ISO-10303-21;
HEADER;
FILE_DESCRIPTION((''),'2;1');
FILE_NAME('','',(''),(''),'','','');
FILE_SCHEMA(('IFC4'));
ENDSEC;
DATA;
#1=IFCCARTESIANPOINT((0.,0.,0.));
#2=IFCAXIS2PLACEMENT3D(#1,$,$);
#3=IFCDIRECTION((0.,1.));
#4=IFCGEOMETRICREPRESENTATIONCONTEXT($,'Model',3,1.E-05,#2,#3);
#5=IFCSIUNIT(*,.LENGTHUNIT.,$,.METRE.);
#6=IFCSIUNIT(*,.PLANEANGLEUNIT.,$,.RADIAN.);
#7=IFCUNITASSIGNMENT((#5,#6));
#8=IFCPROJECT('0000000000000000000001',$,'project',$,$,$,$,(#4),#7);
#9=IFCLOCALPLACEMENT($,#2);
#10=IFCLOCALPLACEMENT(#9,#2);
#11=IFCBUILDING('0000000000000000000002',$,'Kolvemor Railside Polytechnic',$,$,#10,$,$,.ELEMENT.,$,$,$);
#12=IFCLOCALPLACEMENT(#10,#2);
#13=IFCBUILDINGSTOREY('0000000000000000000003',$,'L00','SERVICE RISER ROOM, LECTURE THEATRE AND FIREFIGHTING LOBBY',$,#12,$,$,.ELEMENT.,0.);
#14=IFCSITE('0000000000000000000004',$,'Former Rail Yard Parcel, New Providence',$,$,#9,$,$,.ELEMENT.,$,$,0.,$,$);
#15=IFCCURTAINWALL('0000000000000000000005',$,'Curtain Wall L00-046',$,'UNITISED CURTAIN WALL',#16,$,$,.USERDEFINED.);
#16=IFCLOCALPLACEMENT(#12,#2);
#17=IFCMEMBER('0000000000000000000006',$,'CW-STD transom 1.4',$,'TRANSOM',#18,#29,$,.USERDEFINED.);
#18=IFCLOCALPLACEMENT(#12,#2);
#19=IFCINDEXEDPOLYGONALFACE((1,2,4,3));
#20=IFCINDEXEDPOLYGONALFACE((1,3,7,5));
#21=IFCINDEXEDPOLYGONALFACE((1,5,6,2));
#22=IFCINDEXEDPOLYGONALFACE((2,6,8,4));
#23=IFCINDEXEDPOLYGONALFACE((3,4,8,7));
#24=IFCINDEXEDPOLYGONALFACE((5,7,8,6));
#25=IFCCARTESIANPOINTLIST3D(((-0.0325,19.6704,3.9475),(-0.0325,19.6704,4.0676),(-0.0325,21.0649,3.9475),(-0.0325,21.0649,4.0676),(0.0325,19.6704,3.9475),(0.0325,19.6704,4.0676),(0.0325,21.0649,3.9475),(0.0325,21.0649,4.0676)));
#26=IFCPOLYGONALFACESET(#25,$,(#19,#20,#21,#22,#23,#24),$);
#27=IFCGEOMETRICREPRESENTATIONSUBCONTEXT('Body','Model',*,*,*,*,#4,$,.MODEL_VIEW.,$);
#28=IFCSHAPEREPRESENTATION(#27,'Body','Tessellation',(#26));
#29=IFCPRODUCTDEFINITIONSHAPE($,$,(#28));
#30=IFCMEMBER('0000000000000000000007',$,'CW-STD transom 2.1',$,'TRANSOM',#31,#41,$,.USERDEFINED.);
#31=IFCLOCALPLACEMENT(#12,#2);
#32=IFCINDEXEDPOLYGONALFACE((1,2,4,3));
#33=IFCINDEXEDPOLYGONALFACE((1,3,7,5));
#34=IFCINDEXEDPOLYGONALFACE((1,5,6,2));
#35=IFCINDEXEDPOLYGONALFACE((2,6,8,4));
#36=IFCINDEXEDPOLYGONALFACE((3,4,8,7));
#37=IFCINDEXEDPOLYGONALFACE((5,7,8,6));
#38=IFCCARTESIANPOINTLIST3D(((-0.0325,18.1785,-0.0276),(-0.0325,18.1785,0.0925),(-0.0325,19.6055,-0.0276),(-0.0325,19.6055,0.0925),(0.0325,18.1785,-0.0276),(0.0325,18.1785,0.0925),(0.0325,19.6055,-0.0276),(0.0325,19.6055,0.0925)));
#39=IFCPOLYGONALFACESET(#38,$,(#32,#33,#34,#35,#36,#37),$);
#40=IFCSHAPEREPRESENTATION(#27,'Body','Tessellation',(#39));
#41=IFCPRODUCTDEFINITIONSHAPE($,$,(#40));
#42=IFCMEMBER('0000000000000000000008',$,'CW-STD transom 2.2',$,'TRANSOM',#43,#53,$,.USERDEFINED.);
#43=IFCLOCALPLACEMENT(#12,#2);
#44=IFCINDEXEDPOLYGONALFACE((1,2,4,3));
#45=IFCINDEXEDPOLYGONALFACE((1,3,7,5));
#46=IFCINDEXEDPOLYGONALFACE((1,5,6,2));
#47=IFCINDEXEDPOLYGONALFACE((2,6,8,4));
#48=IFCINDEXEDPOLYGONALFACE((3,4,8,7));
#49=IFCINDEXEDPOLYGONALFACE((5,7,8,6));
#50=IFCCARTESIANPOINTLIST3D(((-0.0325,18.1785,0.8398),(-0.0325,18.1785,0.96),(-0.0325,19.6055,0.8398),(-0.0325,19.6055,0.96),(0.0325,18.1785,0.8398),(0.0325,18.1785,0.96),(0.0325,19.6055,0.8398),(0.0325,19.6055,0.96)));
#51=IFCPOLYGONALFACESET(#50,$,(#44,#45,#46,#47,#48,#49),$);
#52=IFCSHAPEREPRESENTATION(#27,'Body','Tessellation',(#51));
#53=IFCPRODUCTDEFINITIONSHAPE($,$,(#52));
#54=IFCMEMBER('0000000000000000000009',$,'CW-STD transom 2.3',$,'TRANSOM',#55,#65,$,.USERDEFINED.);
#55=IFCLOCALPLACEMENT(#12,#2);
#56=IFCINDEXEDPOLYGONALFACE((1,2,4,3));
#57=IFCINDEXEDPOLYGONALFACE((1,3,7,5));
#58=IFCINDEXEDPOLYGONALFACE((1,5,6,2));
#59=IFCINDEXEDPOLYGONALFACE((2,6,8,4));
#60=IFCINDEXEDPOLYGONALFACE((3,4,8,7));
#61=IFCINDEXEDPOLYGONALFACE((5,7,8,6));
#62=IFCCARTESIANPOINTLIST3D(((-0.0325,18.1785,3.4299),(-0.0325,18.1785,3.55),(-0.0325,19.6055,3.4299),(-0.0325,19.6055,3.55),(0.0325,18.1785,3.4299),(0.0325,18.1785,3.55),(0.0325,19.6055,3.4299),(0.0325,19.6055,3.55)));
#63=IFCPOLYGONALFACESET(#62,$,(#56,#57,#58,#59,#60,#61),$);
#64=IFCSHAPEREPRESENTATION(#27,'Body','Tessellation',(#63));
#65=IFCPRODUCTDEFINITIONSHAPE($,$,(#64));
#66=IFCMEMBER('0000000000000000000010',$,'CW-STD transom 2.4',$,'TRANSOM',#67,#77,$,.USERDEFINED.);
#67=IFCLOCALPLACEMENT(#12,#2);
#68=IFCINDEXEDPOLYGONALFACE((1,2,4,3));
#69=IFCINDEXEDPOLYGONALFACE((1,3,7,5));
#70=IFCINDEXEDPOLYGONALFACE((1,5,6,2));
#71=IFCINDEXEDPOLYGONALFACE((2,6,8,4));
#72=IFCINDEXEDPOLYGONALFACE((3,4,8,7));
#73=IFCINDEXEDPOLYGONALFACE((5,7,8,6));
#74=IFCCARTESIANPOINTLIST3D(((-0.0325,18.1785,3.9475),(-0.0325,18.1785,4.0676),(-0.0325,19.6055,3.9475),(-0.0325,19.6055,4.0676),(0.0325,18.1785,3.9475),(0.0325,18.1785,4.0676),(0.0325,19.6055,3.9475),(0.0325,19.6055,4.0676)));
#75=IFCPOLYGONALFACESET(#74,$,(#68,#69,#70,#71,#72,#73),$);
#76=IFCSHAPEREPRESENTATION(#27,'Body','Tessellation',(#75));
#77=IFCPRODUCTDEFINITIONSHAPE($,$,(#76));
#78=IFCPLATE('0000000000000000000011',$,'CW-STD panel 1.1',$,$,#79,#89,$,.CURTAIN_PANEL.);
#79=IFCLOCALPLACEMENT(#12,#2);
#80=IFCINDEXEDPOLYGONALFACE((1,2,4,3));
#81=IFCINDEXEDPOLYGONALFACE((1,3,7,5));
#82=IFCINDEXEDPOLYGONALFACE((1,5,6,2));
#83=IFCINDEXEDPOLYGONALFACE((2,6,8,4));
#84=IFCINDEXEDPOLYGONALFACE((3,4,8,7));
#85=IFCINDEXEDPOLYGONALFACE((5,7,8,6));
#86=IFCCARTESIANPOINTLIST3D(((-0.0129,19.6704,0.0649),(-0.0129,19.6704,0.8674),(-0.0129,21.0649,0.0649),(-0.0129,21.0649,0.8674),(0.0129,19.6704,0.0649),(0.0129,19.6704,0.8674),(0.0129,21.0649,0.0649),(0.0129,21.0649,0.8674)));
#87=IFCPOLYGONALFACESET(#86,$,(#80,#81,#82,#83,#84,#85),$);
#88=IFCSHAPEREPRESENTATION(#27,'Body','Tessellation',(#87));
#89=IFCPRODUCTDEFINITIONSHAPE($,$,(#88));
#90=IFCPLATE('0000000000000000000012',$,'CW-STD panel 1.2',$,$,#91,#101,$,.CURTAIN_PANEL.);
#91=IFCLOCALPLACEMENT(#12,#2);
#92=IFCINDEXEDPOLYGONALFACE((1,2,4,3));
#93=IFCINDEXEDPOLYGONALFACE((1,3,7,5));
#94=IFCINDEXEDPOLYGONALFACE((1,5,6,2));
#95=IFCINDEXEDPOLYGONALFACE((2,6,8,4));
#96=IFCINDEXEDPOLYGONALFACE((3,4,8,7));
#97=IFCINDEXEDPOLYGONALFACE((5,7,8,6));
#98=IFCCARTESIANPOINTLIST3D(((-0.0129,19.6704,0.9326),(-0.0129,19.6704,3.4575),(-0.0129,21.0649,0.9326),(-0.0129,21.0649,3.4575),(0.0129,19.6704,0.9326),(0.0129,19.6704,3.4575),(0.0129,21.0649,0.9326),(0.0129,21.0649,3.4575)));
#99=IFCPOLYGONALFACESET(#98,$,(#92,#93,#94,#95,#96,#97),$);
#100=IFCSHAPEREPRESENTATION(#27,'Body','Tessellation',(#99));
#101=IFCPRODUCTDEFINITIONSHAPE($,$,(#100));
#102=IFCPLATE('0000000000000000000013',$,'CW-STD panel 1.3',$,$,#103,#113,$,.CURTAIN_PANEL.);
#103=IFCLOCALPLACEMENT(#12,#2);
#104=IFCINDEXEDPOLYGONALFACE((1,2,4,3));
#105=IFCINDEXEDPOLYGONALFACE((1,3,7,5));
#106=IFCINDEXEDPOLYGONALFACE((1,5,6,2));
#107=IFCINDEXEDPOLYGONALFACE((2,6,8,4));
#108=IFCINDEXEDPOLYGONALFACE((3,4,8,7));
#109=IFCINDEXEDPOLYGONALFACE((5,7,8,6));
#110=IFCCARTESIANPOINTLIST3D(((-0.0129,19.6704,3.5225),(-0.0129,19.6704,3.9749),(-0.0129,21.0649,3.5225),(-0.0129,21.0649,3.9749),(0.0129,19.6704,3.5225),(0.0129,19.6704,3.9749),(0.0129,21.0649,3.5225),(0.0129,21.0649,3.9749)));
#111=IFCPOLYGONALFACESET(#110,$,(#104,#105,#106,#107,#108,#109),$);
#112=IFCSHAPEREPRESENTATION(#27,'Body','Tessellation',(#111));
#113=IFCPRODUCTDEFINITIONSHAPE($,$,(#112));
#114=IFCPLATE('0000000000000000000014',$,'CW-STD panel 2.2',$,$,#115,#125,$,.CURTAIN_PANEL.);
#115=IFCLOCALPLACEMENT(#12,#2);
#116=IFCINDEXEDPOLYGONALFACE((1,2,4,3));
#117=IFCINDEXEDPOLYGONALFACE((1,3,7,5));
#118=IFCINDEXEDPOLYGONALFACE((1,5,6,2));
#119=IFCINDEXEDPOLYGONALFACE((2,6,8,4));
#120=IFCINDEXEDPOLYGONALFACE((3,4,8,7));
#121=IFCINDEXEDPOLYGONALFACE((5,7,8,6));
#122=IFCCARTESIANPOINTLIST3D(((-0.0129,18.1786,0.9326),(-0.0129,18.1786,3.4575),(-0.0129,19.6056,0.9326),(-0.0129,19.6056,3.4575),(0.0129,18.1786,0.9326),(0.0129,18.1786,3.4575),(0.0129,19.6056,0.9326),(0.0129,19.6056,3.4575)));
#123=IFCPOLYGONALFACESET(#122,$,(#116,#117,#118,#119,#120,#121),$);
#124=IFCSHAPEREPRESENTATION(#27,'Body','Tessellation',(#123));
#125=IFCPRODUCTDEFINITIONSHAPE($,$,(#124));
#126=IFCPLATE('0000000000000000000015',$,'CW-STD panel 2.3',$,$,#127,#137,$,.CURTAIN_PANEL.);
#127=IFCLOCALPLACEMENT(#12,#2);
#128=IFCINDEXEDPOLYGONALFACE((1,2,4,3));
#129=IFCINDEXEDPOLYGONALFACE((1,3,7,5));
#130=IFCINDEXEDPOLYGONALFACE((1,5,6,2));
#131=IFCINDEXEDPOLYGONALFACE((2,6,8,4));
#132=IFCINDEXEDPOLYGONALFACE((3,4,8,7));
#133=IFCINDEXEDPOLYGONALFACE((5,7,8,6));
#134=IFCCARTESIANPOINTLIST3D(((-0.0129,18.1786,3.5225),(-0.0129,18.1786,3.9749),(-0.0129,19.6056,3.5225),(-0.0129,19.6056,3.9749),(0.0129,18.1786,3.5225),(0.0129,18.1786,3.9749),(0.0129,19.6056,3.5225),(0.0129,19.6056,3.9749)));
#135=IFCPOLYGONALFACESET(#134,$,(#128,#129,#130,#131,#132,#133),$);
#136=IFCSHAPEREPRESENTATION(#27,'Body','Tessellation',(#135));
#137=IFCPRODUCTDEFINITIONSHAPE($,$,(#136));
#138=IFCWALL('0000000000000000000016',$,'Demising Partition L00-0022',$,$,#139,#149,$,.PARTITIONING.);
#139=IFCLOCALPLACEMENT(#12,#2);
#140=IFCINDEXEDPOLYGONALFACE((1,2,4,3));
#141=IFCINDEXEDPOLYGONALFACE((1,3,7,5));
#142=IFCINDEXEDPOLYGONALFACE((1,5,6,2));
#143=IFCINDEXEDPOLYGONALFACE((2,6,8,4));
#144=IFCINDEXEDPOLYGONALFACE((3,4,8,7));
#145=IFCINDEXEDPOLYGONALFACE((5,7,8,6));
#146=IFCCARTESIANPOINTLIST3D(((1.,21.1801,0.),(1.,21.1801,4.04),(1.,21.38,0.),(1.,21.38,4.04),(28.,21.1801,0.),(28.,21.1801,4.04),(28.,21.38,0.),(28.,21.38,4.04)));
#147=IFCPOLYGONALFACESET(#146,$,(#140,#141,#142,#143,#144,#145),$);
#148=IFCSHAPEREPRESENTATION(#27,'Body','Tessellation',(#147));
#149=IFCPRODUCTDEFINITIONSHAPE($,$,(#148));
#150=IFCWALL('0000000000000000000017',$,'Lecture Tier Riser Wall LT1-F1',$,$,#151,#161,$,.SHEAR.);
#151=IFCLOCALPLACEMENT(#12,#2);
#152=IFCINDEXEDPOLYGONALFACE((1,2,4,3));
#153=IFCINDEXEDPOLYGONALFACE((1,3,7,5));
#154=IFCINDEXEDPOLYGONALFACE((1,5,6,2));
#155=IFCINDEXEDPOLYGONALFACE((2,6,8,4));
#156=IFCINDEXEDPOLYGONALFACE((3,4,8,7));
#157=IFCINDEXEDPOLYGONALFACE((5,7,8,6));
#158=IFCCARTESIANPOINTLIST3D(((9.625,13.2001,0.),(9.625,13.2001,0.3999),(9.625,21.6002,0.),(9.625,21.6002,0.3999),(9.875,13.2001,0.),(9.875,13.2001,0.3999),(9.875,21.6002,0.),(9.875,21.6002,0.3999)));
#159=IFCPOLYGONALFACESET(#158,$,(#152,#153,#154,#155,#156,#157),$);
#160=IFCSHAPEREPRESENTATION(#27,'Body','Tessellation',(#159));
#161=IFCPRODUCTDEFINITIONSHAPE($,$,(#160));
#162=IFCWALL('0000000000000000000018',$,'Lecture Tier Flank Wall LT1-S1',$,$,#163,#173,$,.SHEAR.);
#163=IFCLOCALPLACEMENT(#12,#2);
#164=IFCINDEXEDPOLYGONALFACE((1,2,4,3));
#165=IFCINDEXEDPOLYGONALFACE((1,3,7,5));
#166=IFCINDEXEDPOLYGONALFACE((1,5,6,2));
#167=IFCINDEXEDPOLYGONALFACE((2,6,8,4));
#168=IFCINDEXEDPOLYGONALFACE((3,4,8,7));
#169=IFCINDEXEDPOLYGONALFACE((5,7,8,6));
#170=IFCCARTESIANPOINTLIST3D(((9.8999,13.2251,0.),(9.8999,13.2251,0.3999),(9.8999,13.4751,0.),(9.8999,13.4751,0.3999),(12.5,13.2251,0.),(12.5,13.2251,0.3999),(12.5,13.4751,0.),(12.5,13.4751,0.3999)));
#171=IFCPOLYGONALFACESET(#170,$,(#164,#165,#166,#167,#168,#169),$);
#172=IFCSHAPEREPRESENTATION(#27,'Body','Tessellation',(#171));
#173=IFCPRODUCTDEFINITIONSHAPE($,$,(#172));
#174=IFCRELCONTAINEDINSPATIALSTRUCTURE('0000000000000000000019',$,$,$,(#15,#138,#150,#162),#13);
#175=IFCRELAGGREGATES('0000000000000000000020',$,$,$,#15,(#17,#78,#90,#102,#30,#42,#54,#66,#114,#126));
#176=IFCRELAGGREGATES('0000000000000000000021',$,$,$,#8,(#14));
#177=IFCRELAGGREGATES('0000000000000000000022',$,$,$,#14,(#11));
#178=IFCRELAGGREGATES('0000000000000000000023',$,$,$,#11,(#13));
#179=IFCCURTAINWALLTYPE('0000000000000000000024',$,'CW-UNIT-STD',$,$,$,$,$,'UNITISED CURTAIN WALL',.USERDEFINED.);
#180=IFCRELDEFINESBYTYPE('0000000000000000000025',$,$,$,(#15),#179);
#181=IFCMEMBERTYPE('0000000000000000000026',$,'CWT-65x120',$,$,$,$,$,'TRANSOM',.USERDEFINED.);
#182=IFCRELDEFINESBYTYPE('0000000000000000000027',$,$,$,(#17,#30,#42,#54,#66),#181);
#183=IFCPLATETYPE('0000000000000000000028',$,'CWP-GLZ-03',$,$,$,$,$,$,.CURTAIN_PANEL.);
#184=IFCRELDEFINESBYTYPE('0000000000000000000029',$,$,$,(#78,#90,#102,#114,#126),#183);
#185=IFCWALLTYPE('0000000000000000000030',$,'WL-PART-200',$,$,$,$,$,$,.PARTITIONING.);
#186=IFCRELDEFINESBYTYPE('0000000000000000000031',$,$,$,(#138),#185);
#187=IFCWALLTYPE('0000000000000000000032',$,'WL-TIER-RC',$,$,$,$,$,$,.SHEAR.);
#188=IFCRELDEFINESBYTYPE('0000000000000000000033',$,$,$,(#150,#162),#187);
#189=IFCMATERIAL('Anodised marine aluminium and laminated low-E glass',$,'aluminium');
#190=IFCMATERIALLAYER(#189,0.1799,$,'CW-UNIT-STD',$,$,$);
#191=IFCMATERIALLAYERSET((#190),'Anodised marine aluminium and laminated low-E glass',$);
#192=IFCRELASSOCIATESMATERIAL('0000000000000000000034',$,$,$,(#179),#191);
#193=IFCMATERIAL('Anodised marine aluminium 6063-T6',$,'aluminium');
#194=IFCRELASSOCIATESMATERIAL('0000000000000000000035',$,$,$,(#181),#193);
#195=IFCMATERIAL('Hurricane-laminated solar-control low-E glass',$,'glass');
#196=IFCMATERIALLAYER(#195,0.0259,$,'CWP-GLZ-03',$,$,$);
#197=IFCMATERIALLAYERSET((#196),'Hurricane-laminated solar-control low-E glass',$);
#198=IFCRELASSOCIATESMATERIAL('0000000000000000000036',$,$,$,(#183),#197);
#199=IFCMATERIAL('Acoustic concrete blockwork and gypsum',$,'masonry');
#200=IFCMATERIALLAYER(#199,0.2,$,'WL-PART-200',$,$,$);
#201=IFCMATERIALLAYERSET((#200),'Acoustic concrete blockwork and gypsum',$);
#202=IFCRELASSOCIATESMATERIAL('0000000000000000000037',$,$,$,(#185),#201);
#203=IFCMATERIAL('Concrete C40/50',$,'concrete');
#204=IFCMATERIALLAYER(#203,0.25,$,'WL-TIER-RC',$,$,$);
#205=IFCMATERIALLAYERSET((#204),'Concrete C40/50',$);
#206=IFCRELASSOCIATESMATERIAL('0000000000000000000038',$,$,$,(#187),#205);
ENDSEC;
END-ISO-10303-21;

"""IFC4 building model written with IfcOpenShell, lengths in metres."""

from ifc_helpers import new_model, si_unit, direction, frame, frame_2d, origin, origin_2d, place, context, subcontext, project, spatial, rectangle, extrude, material, layer, layer_set, material_profile, profile_set, type_object, element, aggregate, save


model = new_model("IFC4")

# Units and contexts
model_context = context("Model", 3, precision=1e-05, world=origin(), true_north=direction((0.0, 1.0)))
body_context = subcontext(model_context, "Body", "Model", "MODEL_VIEW")
ifc_project = project(units=[si_unit("LENGTHUNIT", "METRE"), si_unit("PLANEANGLEUNIT", "RADIAN")], contexts=[model_context])

# Site, building, storey
site_placement = place(None, origin())
site = spatial("IfcSite", under=ifc_project, at=site_placement, Name="Former Rail Yard Parcel, New Providence", CompositionType="ELEMENT", RefElevation=0.0)
building_placement = place(site_placement, origin())
building = spatial("IfcBuilding", under=site, at=building_placement, Name="Kolvemor Railside Polytechnic", CompositionType="ELEMENT")
storey_placement = place(building_placement, origin())
storey = spatial("IfcBuildingStorey", under=building, at=storey_placement, Name="L00", Description="SERVICE RISER ROOM, LECTURE THEATRE AND FIREFIGHTING LOBBY", CompositionType="ELEMENT", Elevation=0.0)

# Curtain wall, members, plates
ifc_material_1 = material(Name="Anodised marine aluminium and laminated low-E glass", Category="aluminium")
ifc_layer_1 = layer(ifc_material_1, 0.1799, Name="CW-UNIT-STD")
ifc_layer_set_1 = layer_set([ifc_layer_1], Name="Anodised marine aluminium and laminated low-E glass")
curtain_wall_type = type_object("IfcCurtainWallType", Name="CW-UNIT-STD", ElementType="UNITISED CURTAIN WALL", PredefinedType="USERDEFINED", material=ifc_layer_set_1)
curtain_wall_placement = place(storey_placement, origin())
curtain_wall = element("IfcCurtainWall", 1, at=curtain_wall_placement, inside=storey, type_object=curtain_wall_type, Name="Curtain Wall L00-046", ObjectType="UNITISED CURTAIN WALL", PredefinedType="USERDEFINED")
ifc_material_2 = material(Name="Anodised marine aluminium 6063-T6", Category="aluminium")
ifc_material_profile_1 = material_profile(ifc_material_2, rectangle(XDim=0.0649, YDim=0.1201, at=origin_2d()), Name="CW-TRN-65x120")
ifc_profile_set_1 = profile_set([ifc_material_profile_1], Name="Anodised marine aluminium 6063-T6")
member_type_1 = type_object("IfcMemberType", Name="CWT-65x120", ElementType="TRANSOM", PredefinedType="USERDEFINED", material=ifc_profile_set_1)
member_1_placement = place(storey_placement, frame((0.0, 21.0649, 4.0076), z_axis=(0.0, -1.0, 0.0), x_axis=(1.0, 0.0, 0.0)))
member_1 = element("IfcMember", 2, at=member_1_placement, type_object=member_type_1, Name="CW-STD transom 1.4", ObjectType="TRANSOM", PredefinedType="USERDEFINED", context=body_context, shape_type="SweptSolid", body=[
    extrude(rectangle(XDim=0.0649, YDim=0.1201, at=origin_2d()), origin(), (0.0, 0.0, 1.0), 1.3945),
])
member_2_placement = place(storey_placement, frame((0.0, 19.6055, 0.0325), z_axis=(0.0, -1.0, 0.0), x_axis=(1.0, 0.0, 0.0)))
member_2 = element("IfcMember", 3, at=member_2_placement, type_object=member_type_1, Name="CW-STD transom 2.1", ObjectType="TRANSOM", PredefinedType="USERDEFINED", context=body_context, shape_type="SweptSolid", body=[
    extrude(rectangle(XDim=0.0649, YDim=0.1201, at=origin_2d()), origin(), (0.0, 0.0, 1.0), 1.427),
])
member_3_placement = place(storey_placement, frame((0.0, 19.6055, 0.8999), z_axis=(0.0, -1.0, 0.0), x_axis=(1.0, 0.0, 0.0)))
member_3 = element("IfcMember", 4, at=member_3_placement, type_object=member_type_1, Name="CW-STD transom 2.2", ObjectType="TRANSOM", PredefinedType="USERDEFINED", context=body_context, shape_type="SweptSolid", body=[
    extrude(rectangle(XDim=0.0649, YDim=0.1201, at=origin_2d()), origin(), (0.0, 0.0, 1.0), 1.427),
])
member_4_placement = place(storey_placement, frame((0.0, 19.6055, 3.49), z_axis=(0.0, -1.0, 0.0), x_axis=(1.0, 0.0, 0.0)))
member_4 = element("IfcMember", 5, at=member_4_placement, type_object=member_type_1, Name="CW-STD transom 2.3", ObjectType="TRANSOM", PredefinedType="USERDEFINED", context=body_context, shape_type="SweptSolid", body=[
    extrude(rectangle(XDim=0.0649, YDim=0.1201, at=origin_2d()), origin(), (0.0, 0.0, 1.0), 1.427),
])
member_5_placement = place(storey_placement, frame((0.0, 19.6055, 4.0076), z_axis=(0.0, -1.0, 0.0), x_axis=(1.0, 0.0, 0.0)))
member_5 = element("IfcMember", 6, at=member_5_placement, type_object=member_type_1, Name="CW-STD transom 2.4", ObjectType="TRANSOM", PredefinedType="USERDEFINED", context=body_context, shape_type="SweptSolid", body=[
    extrude(rectangle(XDim=0.0649, YDim=0.1201, at=origin_2d()), origin(), (0.0, 0.0, 1.0), 1.427),
])
ifc_material_3 = material(Name="Hurricane-laminated solar-control low-E glass", Category="glass")
ifc_layer_2 = layer(ifc_material_3, 0.0259, Name="CWP-GLZ-03")
ifc_layer_set_2 = layer_set([ifc_layer_2], Name="Hurricane-laminated solar-control low-E glass")
plate_type = type_object("IfcPlateType", Name="CWP-GLZ-03", PredefinedType="CURTAIN_PANEL", material=ifc_layer_set_2)
plate_1_placement = place(storey_placement, frame((0.0, 20.3677, 0.0649), z_axis=(0.0, 0.0, 1.0), x_axis=(0.0, -1.0, 0.0)))
plate_1 = element("IfcPlate", 7, at=plate_1_placement, type_object=plate_type, Name="CW-STD panel 1.1", PredefinedType="CURTAIN_PANEL", context=body_context, shape_type="SweptSolid", body=[
    extrude(rectangle(XDim=1.3945, YDim=0.0259, at=origin_2d()), origin(), (0.0, 0.0, 1.0), 0.8025),
])
plate_2_placement = place(storey_placement, frame((0.0, 20.3677, 0.9326), z_axis=(0.0, 0.0, 1.0), x_axis=(0.0, -1.0, 0.0)))
plate_2 = element("IfcPlate", 8, at=plate_2_placement, type_object=plate_type, Name="CW-STD panel 1.2", PredefinedType="CURTAIN_PANEL", context=body_context, shape_type="SweptSolid", body=[
    extrude(rectangle(XDim=1.3945, YDim=0.0259, at=origin_2d()), origin(), (0.0, 0.0, 1.0), 2.5249),
])
plate_3_placement = place(storey_placement, frame((0.0, 20.3677, 3.5225), z_axis=(0.0, 0.0, 1.0), x_axis=(0.0, -1.0, 0.0)))
plate_3 = element("IfcPlate", 9, at=plate_3_placement, type_object=plate_type, Name="CW-STD panel 1.3", PredefinedType="CURTAIN_PANEL", context=body_context, shape_type="SweptSolid", body=[
    extrude(rectangle(XDim=1.3945, YDim=0.0259, at=origin_2d()), origin(), (0.0, 0.0, 1.0), 0.4524),
])
plate_4_placement = place(storey_placement, frame((0.0, 18.8921, 0.9326), z_axis=(0.0, 0.0, 1.0), x_axis=(0.0, -1.0, 0.0)))
plate_4 = element("IfcPlate", 10, at=plate_4_placement, type_object=plate_type, Name="CW-STD panel 2.2", PredefinedType="CURTAIN_PANEL", context=body_context, shape_type="SweptSolid", body=[
    extrude(rectangle(XDim=1.427, YDim=0.0259, at=origin_2d()), origin(), (0.0, 0.0, 1.0), 2.5249),
])
plate_5_placement = place(storey_placement, frame((0.0, 18.8921, 3.5225), z_axis=(0.0, 0.0, 1.0), x_axis=(0.0, -1.0, 0.0)))
plate_5 = element("IfcPlate", 11, at=plate_5_placement, type_object=plate_type, Name="CW-STD panel 2.3", PredefinedType="CURTAIN_PANEL", context=body_context, shape_type="SweptSolid", body=[
    extrude(rectangle(XDim=1.427, YDim=0.0259, at=origin_2d()), origin(), (0.0, 0.0, 1.0), 0.4524),
])
aggregate(curtain_wall, [member_1, plate_1, plate_2, plate_3, member_2, member_3, member_4, member_5, plate_4, plate_5])

# Walls
ifc_material_4 = material(Name="Acoustic concrete blockwork and gypsum", Category="masonry")
ifc_layer_3 = layer(ifc_material_4, 0.2, Name="WL-PART-200")
ifc_layer_set_3 = layer_set([ifc_layer_3], Name="Acoustic concrete blockwork and gypsum")
wall_type_1 = type_object("IfcWallType", Name="WL-PART-200", PredefinedType="PARTITIONING", material=ifc_layer_set_3)
wall_1_placement = place(storey_placement, frame((1.0, 21.28, 0.0), z_axis=(0.0, 0.0, 1.0), x_axis=(1.0, 0.0, 0.0)))
element("IfcWall", 12, at=wall_1_placement, inside=storey, type_object=wall_type_1, Name="Demising Partition L00-0022", PredefinedType="PARTITIONING", context=body_context, shape_type="SweptSolid", body=[
    extrude(rectangle(XDim=27.0, YDim=0.2, at=frame_2d((13.5, 0.0))), origin(), (0.0, 0.0, 1.0), 4.04),
])
ifc_material_5 = material(Name="Concrete C40/50", Category="concrete")
ifc_layer_4 = layer(ifc_material_5, 0.25, Name="WL-TIER-RC")
ifc_layer_set_4 = layer_set([ifc_layer_4], Name="Concrete C40/50")
wall_type_2 = type_object("IfcWallType", Name="WL-TIER-RC", PredefinedType="SHEAR", material=ifc_layer_set_4)
wall_2_placement = place(storey_placement, frame((9.75, 13.2, 0.0), z_axis=(0.0, 0.0, 1.0), x_axis=(0.0, 1.0, 0.0)))
element("IfcWall", 13, at=wall_2_placement, inside=storey, type_object=wall_type_2, Name="Lecture Tier Riser Wall LT1-F1", PredefinedType="SHEAR", context=body_context, shape_type="SweptSolid", body=[
    extrude(rectangle(XDim=8.4001, YDim=0.25, at=frame_2d((4.2002, 0.0))), origin(), (0.0, 0.0, 1.0), 0.3999),
])
wall_3_placement = place(storey_placement, frame((9.8999, 13.3501, 0.0), z_axis=(0.0, 0.0, 1.0), x_axis=(1.0, 0.0, 0.0)))
element("IfcWall", 14, at=wall_3_placement, inside=storey, type_object=wall_type_2, Name="Lecture Tier Flank Wall LT1-S1", PredefinedType="SHEAR", context=body_context, shape_type="SweptSolid", body=[
    extrude(rectangle(XDim=2.6001, YDim=0.25, at=frame_2d((1.3, 0.0))), origin(), (0.0, 0.0, 1.0), 0.3999),
])

save(model, "model.ifc")
